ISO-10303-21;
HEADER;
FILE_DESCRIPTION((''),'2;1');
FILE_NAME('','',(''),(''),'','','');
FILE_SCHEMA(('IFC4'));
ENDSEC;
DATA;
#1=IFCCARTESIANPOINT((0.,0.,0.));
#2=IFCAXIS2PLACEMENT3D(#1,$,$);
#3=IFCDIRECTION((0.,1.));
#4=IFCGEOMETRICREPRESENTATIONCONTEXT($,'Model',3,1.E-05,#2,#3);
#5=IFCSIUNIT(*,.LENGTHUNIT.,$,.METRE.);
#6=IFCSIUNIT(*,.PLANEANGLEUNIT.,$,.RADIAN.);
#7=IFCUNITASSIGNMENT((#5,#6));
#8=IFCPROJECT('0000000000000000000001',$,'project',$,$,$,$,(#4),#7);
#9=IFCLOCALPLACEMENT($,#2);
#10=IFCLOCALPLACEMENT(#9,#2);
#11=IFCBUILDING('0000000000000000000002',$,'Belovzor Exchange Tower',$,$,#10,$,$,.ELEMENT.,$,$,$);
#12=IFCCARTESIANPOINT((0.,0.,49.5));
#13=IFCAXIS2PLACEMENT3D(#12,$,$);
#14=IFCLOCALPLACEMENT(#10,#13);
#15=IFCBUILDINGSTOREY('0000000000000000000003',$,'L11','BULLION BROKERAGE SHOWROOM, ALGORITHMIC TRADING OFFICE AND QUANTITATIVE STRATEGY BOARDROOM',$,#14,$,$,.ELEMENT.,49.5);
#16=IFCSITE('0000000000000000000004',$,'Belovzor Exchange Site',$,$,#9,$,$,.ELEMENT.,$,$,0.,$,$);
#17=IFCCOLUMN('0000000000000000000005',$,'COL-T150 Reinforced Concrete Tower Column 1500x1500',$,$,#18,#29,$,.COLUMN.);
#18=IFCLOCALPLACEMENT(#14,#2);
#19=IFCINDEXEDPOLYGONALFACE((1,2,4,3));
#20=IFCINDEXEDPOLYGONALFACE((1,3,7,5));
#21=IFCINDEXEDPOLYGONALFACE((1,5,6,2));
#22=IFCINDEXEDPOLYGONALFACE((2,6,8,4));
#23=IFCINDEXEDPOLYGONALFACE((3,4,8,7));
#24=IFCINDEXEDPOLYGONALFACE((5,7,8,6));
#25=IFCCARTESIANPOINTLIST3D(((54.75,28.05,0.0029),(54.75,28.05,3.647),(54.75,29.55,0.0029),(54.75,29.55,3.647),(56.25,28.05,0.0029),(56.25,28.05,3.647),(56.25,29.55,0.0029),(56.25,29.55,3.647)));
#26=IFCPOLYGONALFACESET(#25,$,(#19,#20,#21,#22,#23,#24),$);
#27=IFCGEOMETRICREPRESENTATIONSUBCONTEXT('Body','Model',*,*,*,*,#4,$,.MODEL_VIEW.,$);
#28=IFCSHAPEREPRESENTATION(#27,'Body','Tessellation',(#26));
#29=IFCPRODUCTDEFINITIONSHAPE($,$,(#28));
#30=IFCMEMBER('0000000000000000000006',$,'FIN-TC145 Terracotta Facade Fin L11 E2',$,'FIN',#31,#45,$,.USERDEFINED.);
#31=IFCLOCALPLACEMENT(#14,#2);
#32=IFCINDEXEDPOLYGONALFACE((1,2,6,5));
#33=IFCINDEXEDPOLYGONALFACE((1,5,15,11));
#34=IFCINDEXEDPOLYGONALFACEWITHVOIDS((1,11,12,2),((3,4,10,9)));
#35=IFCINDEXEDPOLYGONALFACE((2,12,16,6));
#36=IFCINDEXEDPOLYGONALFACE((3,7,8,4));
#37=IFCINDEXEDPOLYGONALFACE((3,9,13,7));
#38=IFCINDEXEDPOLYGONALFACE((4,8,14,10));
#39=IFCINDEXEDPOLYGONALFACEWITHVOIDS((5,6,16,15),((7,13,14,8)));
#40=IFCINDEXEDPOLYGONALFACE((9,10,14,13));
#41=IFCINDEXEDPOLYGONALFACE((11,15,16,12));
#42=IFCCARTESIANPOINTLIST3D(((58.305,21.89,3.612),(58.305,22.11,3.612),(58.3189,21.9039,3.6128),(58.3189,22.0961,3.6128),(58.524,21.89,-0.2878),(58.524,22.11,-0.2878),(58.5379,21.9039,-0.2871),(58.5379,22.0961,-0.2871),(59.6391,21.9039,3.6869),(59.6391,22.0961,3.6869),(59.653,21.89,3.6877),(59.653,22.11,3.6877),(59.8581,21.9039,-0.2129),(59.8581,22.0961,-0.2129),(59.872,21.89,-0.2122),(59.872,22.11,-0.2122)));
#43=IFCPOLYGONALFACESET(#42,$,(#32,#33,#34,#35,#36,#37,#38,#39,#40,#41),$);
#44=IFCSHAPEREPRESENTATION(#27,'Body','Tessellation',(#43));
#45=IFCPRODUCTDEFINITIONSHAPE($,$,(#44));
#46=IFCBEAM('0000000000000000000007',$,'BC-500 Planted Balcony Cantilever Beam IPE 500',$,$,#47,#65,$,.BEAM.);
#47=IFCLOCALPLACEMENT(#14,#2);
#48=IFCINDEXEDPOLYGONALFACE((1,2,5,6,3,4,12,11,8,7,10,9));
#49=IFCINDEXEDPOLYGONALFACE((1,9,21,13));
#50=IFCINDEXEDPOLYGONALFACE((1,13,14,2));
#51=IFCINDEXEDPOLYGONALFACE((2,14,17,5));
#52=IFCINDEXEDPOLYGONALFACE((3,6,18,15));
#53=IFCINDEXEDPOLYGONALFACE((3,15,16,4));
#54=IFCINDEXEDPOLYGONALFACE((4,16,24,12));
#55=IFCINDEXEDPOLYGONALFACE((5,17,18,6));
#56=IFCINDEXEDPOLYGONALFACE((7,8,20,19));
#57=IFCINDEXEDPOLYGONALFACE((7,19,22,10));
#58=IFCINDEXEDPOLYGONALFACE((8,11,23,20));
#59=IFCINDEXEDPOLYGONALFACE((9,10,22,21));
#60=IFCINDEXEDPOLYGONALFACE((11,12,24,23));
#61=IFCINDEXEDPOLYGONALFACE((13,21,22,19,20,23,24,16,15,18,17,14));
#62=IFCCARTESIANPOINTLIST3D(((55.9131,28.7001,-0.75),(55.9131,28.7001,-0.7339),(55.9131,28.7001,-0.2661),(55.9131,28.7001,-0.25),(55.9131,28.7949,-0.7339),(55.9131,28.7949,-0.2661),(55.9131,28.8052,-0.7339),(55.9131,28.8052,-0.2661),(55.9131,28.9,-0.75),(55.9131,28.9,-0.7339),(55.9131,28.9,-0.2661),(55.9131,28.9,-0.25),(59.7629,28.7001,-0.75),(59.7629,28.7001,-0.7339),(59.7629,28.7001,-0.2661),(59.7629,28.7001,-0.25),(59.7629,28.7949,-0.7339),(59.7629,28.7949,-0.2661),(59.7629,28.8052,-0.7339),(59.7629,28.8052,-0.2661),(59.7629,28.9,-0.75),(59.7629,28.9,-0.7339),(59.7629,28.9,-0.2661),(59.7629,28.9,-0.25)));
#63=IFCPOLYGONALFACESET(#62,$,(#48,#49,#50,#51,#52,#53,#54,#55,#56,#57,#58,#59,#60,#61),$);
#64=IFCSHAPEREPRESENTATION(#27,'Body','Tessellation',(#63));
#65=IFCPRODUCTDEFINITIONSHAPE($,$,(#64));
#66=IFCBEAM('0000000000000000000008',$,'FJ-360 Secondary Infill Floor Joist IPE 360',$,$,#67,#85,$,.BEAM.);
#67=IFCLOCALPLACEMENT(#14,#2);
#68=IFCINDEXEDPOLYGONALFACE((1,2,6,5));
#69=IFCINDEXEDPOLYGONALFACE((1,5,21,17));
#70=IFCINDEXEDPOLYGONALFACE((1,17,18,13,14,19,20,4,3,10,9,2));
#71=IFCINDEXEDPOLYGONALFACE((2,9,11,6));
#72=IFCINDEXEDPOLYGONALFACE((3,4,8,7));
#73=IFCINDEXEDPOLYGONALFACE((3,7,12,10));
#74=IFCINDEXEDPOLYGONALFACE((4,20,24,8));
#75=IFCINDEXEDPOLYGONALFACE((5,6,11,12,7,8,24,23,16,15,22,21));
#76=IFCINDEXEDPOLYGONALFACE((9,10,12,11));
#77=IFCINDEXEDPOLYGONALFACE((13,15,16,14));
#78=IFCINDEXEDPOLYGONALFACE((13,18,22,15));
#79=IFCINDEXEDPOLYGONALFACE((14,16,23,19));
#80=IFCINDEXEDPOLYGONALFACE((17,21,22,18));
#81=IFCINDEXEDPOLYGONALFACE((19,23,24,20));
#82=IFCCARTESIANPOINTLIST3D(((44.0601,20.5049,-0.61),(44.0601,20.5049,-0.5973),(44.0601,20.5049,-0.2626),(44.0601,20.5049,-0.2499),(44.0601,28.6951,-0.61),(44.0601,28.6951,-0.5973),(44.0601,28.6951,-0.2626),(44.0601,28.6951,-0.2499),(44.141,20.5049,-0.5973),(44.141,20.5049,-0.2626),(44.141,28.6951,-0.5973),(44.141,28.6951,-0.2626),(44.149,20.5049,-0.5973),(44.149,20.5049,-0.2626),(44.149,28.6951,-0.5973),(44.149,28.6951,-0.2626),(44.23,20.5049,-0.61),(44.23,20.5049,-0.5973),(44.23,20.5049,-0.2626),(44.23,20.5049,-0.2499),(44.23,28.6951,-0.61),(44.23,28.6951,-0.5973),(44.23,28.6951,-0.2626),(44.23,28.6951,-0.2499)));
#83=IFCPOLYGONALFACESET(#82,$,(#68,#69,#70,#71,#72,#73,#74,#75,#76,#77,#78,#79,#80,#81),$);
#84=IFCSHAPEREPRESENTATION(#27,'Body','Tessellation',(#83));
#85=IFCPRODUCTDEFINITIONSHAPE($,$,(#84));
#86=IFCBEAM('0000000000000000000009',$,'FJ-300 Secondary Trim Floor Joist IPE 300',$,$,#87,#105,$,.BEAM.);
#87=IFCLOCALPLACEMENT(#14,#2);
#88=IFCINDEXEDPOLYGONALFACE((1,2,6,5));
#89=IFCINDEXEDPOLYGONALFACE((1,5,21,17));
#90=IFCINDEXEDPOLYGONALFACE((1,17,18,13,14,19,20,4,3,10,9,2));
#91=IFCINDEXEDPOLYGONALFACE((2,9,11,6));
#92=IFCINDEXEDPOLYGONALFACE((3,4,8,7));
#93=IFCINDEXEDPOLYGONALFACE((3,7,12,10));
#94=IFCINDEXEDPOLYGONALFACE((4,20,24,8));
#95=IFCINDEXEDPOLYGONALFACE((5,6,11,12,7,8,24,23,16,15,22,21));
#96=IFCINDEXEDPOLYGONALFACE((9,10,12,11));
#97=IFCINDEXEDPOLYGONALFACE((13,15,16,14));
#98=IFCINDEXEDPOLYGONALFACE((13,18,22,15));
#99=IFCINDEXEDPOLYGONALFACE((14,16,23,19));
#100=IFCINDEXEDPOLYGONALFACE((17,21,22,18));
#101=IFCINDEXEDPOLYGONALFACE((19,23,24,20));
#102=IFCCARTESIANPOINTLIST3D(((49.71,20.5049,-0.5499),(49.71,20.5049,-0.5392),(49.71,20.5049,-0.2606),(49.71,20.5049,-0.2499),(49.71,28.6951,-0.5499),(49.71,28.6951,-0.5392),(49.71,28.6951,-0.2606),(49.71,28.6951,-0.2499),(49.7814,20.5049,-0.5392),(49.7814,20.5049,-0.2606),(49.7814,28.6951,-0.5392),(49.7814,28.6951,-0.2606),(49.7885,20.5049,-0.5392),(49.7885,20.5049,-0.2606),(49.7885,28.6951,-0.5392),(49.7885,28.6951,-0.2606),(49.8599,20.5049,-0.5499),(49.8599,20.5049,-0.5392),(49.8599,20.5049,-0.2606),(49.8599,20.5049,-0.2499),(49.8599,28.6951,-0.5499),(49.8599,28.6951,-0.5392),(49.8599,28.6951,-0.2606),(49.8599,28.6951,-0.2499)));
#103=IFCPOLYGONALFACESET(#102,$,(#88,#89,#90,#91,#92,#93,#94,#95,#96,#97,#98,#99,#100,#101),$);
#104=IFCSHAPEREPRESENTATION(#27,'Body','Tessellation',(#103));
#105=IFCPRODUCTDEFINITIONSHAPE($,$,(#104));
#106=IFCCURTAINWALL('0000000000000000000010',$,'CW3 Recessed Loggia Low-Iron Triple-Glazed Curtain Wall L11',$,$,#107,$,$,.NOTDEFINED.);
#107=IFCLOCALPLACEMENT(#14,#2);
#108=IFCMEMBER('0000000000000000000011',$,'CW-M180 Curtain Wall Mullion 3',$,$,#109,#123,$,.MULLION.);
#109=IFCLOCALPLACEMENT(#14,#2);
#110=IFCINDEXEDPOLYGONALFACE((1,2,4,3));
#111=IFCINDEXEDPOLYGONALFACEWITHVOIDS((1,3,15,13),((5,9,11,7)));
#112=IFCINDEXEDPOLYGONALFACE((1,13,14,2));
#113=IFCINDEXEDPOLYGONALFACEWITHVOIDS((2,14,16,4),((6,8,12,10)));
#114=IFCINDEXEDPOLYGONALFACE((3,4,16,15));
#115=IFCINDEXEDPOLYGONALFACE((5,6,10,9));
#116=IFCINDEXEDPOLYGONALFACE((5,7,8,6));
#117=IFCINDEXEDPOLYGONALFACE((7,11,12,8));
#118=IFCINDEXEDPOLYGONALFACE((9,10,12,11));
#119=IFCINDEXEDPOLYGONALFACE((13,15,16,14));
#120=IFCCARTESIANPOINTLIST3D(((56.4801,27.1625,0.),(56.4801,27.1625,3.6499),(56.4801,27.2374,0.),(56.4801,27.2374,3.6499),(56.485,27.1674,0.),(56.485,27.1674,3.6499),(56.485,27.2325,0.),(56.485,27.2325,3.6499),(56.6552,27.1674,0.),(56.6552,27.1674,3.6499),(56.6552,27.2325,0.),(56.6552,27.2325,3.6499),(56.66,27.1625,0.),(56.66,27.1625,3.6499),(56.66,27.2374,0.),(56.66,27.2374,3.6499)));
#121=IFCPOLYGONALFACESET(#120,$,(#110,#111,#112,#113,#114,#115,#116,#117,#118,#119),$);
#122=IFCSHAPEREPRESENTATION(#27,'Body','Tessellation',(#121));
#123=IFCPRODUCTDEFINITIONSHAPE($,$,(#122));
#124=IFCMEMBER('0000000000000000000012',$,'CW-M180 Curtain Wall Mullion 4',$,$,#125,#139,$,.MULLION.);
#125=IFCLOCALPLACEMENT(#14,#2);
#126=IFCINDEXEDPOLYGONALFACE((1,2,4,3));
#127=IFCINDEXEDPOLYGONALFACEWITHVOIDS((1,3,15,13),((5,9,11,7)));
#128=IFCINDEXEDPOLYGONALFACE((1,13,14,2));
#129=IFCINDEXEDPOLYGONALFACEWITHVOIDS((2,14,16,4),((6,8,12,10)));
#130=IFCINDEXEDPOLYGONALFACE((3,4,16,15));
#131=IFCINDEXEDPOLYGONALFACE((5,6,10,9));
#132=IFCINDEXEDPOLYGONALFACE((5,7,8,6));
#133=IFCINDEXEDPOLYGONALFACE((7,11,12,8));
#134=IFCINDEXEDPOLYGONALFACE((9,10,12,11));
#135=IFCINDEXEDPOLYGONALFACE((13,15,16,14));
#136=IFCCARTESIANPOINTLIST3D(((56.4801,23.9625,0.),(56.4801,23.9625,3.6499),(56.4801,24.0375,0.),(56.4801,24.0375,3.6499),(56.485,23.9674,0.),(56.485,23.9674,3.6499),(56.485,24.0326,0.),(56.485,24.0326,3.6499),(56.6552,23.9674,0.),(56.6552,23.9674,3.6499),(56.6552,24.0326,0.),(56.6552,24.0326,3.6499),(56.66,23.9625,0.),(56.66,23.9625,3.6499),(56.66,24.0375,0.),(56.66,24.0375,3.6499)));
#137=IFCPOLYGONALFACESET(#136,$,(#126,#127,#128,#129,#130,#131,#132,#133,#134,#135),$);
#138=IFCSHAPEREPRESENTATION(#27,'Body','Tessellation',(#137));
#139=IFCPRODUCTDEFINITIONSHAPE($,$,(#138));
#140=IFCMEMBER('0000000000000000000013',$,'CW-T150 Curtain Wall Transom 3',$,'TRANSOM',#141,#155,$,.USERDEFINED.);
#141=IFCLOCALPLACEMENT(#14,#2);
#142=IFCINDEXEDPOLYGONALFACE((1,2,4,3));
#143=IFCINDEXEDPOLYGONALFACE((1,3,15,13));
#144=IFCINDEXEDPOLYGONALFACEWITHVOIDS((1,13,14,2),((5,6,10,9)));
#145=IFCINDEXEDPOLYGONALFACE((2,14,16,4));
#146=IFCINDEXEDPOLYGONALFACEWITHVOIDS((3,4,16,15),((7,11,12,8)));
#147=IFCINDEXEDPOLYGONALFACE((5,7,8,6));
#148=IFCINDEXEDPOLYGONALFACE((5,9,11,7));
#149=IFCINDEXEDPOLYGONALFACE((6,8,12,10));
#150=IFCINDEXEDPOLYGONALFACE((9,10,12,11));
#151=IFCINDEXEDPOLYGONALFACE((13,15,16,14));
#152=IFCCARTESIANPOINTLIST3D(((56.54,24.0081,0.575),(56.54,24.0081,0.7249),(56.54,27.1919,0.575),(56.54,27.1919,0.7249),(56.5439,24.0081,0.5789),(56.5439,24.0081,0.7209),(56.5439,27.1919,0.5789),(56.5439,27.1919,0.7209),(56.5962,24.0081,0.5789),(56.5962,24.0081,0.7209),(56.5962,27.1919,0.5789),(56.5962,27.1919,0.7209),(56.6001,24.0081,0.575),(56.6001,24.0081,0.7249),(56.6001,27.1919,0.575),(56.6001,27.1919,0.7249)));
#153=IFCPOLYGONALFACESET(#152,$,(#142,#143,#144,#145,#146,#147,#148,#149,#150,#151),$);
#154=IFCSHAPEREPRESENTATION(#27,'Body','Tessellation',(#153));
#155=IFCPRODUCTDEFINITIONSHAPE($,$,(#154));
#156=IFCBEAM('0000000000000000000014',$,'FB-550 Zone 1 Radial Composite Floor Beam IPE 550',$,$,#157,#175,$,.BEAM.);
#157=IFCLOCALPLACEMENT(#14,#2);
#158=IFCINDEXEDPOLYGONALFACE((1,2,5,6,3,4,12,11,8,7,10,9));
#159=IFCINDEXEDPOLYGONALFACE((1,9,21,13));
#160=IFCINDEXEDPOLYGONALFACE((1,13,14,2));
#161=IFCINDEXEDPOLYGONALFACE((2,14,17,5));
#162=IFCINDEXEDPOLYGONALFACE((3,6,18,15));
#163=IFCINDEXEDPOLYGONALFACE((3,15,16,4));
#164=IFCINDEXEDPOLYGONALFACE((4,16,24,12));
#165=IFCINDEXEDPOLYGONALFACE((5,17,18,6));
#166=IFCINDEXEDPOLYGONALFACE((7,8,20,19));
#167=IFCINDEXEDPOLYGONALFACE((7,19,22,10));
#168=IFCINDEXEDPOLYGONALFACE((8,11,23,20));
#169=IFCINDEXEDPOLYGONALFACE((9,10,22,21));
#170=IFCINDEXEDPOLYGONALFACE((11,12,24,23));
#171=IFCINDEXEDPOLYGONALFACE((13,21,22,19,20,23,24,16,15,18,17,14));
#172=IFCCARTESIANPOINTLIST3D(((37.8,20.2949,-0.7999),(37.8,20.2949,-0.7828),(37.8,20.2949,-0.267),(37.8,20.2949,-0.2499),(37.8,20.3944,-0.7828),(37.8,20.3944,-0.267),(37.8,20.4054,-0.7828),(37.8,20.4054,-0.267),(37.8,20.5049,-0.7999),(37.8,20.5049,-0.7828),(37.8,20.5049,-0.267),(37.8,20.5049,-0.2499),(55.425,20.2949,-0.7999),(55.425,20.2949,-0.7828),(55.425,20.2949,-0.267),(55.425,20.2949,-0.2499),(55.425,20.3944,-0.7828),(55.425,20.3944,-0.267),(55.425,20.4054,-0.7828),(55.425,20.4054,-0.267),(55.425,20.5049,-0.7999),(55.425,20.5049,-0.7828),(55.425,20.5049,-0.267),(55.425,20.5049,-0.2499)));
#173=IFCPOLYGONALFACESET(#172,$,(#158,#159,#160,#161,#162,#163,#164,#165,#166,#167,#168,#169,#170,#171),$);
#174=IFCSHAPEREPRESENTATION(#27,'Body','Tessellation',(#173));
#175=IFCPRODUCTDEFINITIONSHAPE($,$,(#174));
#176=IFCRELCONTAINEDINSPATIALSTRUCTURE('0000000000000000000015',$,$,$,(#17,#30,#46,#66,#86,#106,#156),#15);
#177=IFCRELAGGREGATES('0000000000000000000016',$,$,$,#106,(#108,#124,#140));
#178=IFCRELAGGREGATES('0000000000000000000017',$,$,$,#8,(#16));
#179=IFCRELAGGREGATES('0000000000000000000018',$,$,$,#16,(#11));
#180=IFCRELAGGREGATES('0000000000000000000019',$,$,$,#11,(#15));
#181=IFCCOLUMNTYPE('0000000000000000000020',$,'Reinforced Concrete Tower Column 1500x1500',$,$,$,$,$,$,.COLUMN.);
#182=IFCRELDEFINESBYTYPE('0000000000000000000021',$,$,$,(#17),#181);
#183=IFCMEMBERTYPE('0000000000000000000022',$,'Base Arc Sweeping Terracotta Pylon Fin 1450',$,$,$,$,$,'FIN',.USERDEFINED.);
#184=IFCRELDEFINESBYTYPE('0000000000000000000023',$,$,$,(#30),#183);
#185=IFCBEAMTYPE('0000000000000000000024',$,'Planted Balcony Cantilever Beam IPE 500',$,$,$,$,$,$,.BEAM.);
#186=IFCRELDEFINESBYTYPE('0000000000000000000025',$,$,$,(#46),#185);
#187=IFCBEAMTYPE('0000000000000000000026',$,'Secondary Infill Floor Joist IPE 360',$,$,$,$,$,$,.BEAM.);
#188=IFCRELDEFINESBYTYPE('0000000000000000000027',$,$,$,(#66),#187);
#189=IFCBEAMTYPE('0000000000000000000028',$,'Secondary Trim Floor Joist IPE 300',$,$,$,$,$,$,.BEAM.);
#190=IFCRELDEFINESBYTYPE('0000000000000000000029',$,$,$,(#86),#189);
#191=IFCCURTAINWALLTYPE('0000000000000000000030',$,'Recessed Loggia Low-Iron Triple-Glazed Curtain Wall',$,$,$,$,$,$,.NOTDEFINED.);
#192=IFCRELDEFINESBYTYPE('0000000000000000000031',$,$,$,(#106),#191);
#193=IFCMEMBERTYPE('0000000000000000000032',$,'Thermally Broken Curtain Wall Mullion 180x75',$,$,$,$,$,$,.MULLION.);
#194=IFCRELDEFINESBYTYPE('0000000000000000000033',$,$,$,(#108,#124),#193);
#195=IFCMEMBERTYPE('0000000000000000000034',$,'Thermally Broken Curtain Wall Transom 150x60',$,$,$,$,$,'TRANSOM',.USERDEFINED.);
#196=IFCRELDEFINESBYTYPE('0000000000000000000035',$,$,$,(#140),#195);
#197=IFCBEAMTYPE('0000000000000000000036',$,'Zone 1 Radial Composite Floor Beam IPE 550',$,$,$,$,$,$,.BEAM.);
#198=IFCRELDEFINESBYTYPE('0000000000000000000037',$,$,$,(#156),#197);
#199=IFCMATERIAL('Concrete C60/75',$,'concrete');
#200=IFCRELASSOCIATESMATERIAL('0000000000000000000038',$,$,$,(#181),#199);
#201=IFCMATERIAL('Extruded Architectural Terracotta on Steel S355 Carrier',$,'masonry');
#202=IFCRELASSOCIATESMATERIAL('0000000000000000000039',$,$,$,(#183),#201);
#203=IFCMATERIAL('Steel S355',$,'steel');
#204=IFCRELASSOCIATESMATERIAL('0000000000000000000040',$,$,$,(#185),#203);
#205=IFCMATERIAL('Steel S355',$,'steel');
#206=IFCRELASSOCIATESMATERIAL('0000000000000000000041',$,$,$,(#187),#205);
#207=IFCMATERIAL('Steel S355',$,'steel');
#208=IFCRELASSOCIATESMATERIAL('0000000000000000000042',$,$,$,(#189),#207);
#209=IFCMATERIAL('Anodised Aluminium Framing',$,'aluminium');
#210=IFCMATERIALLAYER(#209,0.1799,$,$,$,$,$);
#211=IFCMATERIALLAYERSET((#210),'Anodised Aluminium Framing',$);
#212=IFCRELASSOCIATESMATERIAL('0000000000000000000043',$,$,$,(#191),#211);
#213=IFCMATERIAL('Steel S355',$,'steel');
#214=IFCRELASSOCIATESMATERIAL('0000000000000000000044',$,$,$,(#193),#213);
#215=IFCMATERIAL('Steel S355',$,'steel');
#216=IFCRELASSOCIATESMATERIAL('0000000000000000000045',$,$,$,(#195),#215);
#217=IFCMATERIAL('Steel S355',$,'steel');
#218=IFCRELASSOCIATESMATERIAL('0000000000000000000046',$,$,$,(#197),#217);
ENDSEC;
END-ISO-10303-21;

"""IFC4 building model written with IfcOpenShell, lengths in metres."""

from ifc_helpers import new_model, si_unit, direction, frame, origin, origin_2d, place, context, subcontext, project, spatial, rectangle, hollow_rectangle, i_section, extrude, material, layer, layer_set, material_profile, profile_set, type_object, element, aggregate, save


model = new_model("IFC4")

# Units and contexts
model_context = context("Model", 3, precision=1e-05, world=origin(), true_north=direction((0.0, 1.0)))
body_context = subcontext(model_context, "Body", "Model", "MODEL_VIEW")
ifc_project = project(units=[si_unit("LENGTHUNIT", "METRE"), si_unit("PLANEANGLEUNIT", "RADIAN")], contexts=[model_context])

# Site, building, storey
site_placement = place(None, origin())
site = spatial("IfcSite", under=ifc_project, at=site_placement, Name="Belovzor Exchange Site", CompositionType="ELEMENT", RefElevation=0.0)
building_placement = place(site_placement, origin())
building = spatial("IfcBuilding", under=site, at=building_placement, Name="Belovzor Exchange Tower", CompositionType="ELEMENT")
storey_placement = place(building_placement, frame((0.0, 0.0, 49.5)))
storey = spatial("IfcBuildingStorey", under=building, at=storey_placement, Name="L11", Description="BULLION BROKERAGE SHOWROOM, ALGORITHMIC TRADING OFFICE AND QUANTITATIVE STRATEGY BOARDROOM", CompositionType="ELEMENT", Elevation=49.5)

# Column
ifc_material_1 = material(Name="Concrete C60/75", Category="concrete")
ifc_material_profile_1 = material_profile(ifc_material_1, rectangle(XDim=1.5, YDim=1.5, at=origin_2d()))
ifc_profile_set_1 = profile_set([ifc_material_profile_1], Name="Concrete C60/75")
column_type = type_object("IfcColumnType", Name="Reinforced Concrete Tower Column 1500x1500", PredefinedType="COLUMN", material=ifc_profile_set_1)
column_placement = place(storey_placement, frame((55.5, 28.8, 0.0029), z_axis=(0.0, 0.0, 1.0), x_axis=(1.0, 0.0, 0.0)))
element("IfcColumn", 1, at=column_placement, inside=storey, type_object=column_type, Name="COL-T150 Reinforced Concrete Tower Column 1500x1500", PredefinedType="COLUMN", context=body_context, shape_type="SweptSolid", body=[
    extrude(rectangle(XDim=1.5, YDim=1.5, at=origin_2d()), origin(), (0.0, 0.0, 1.0), 3.644),
])

# Member
ifc_material_2 = material(Name="Extruded Architectural Terracotta on Steel S355 Carrier", Category="masonry")
ifc_material_profile_2 = material_profile(ifc_material_2, hollow_rectangle(XDim=0.22, YDim=1.3501, WallThickness=0.0139, at=origin_2d()))
ifc_profile_set_2 = profile_set([ifc_material_profile_2], Name="Extruded Architectural Terracotta on Steel S355 Carrier")
member_type_1 = type_object("IfcMemberType", Name="Base Arc Sweeping Terracotta Pylon Fin 1450", ElementType="FIN", PredefinedType="USERDEFINED", material=ifc_profile_set_2)
member_1_placement = place(storey_placement, frame((59.198, 22.0, -0.25), z_axis=(-0.056065, 0.0, 0.998427), x_axis=(0.0, -1.0, 0.0)))
element("IfcMember", 2, at=member_1_placement, inside=storey, type_object=member_type_1, Name="FIN-TC145 Terracotta Facade Fin L11 E2", ObjectType="FIN", PredefinedType="USERDEFINED", context=body_context, shape_type="SweptSolid", body=[
    extrude(hollow_rectangle(XDim=0.22, YDim=1.3501, WallThickness=0.0139, at=origin_2d()), origin(), (0.0, 0.0, 1.0), 3.906),
])

# Beams
ifc_material_3 = material(Name="Steel S355", Category="steel")
ifc_material_profile_3 = material_profile(ifc_material_3, i_section(OverallWidth=0.2, OverallDepth=0.5, WebThickness=0.0103, FlangeThickness=0.0161, at=origin_2d()))
ifc_profile_set_3 = profile_set([ifc_material_profile_3], Name="Steel S355")
beam_type_1 = type_object("IfcBeamType", Name="Planted Balcony Cantilever Beam IPE 500", PredefinedType="BEAM", material=ifc_profile_set_3)
beam_1_placement = place(storey_placement, frame((55.9131, 28.8, -0.5), z_axis=(1.0, 0.0, 0.0), x_axis=(0.0, 1.0, 0.0)))
element("IfcBeam", 3, at=beam_1_placement, inside=storey, type_object=beam_type_1, Name="BC-500 Planted Balcony Cantilever Beam IPE 500", PredefinedType="BEAM", context=body_context, shape_type="SweptSolid", body=[
    extrude(i_section(OverallWidth=0.2, OverallDepth=0.5, WebThickness=0.0103, FlangeThickness=0.0161, at=origin_2d()), origin(), (0.0, 0.0, 1.0), 3.8499),
])
ifc_material_4 = material(Name="Steel S355", Category="steel")
ifc_material_profile_4 = material_profile(ifc_material_4, i_section(OverallWidth=0.1699, OverallDepth=0.3601, WebThickness=0.0081, FlangeThickness=0.0127, at=origin_2d()))
ifc_profile_set_4 = profile_set([ifc_material_profile_4], Name="Steel S355")
beam_type_2 = type_object("IfcBeamType", Name="Secondary Infill Floor Joist IPE 360", PredefinedType="BEAM", material=ifc_profile_set_4)
beam_2_placement = place(storey_placement, frame((44.145, 20.5049, -0.4299), z_axis=(0.0, 1.0, 0.0), x_axis=(-1.0, 0.0, 0.0)))
element("IfcBeam", 4, at=beam_2_placement, inside=storey, type_object=beam_type_2, Name="FJ-360 Secondary Infill Floor Joist IPE 360", PredefinedType="BEAM", context=body_context, shape_type="SweptSolid", body=[
    extrude(i_section(OverallWidth=0.1699, OverallDepth=0.3601, WebThickness=0.0081, FlangeThickness=0.0127, at=origin_2d()), origin(), (0.0, 0.0, 1.0), 8.1902),
])
ifc_material_5 = material(Name="Steel S355", Category="steel")
ifc_material_profile_5 = material_profile(ifc_material_5, i_section(OverallWidth=0.1499, OverallDepth=0.3, WebThickness=0.0071, FlangeThickness=0.0107, at=origin_2d()))
ifc_profile_set_5 = profile_set([ifc_material_profile_5], Name="Steel S355")
beam_type_3 = type_object("IfcBeamType", Name="Secondary Trim Floor Joist IPE 300", PredefinedType="BEAM", material=ifc_profile_set_5)
beam_3_placement = place(storey_placement, frame((49.7849, 20.5049, -0.3999), z_axis=(0.0, 1.0, 0.0), x_axis=(-1.0, 0.0, 0.0)))
element("IfcBeam", 5, at=beam_3_placement, inside=storey, type_object=beam_type_3, Name="FJ-300 Secondary Trim Floor Joist IPE 300", PredefinedType="BEAM", context=body_context, shape_type="SweptSolid", body=[
    extrude(i_section(OverallWidth=0.1499, OverallDepth=0.3, WebThickness=0.0071, FlangeThickness=0.0107, at=origin_2d()), origin(), (0.0, 0.0, 1.0), 8.1902),
])

# Curtain wall, members
ifc_material_6 = material(Name="Anodised Aluminium Framing", Category="aluminium")
ifc_layer_1 = layer(ifc_material_6, 0.1799)
ifc_layer_set_1 = layer_set([ifc_layer_1], Name="Anodised Aluminium Framing")
curtain_wall_type = type_object("IfcCurtainWallType", Name="Recessed Loggia Low-Iron Triple-Glazed Curtain Wall", PredefinedType="NOTDEFINED", material=ifc_layer_set_1)
curtain_wall_placement = place(storey_placement, origin())
curtain_wall = element("IfcCurtainWall", 6, at=curtain_wall_placement, inside=storey, type_object=curtain_wall_type, Name="CW3 Recessed Loggia Low-Iron Triple-Glazed Curtain Wall L11", PredefinedType="NOTDEFINED")
ifc_material_7 = material(Name="Steel S355", Category="steel")
ifc_material_profile_6 = material_profile(ifc_material_7, hollow_rectangle(XDim=0.075, YDim=0.1799, WallThickness=0.0049, at=origin_2d()))
ifc_profile_set_6 = profile_set([ifc_material_profile_6], Name="Steel S355")
member_type_2 = type_object("IfcMemberType", Name="Thermally Broken Curtain Wall Mullion 180x75", PredefinedType="MULLION", material=ifc_profile_set_6)
member_2_placement = place(storey_placement, frame((56.5701, 27.2, 0.0), z_axis=(0.0, 0.0, 1.0), x_axis=(0.0, -1.0, 0.0)))
member_2 = element("IfcMember", 7, at=member_2_placement, type_object=member_type_2, Name="CW-M180 Curtain Wall Mullion 3", PredefinedType="MULLION", context=body_context, shape_type="SweptSolid", body=[
    extrude(hollow_rectangle(XDim=0.075, YDim=0.1799, WallThickness=0.0049, at=origin_2d()), origin(), (0.0, 0.0, 1.0), 3.6499),
])
member_3_placement = place(storey_placement, frame((56.5701, 24.0, 0.0), z_axis=(0.0, 0.0, 1.0), x_axis=(0.0, -1.0, 0.0)))
member_3 = element("IfcMember", 8, at=member_3_placement, type_object=member_type_2, Name="CW-M180 Curtain Wall Mullion 4", PredefinedType="MULLION", context=body_context, shape_type="SweptSolid", body=[
    extrude(hollow_rectangle(XDim=0.075, YDim=0.1799, WallThickness=0.0049, at=origin_2d()), origin(), (0.0, 0.0, 1.0), 3.6499),
])
ifc_material_8 = material(Name="Steel S355", Category="steel")
ifc_material_profile_7 = material_profile(ifc_material_8, hollow_rectangle(XDim=0.0601, YDim=0.1499, WallThickness=0.0039, at=origin_2d()))
ifc_profile_set_7 = profile_set([ifc_material_profile_7], Name="Steel S355")
member_type_3 = type_object("IfcMemberType", Name="Thermally Broken Curtain Wall Transom 150x60", ElementType="TRANSOM", PredefinedType="USERDEFINED", material=ifc_profile_set_7)
member_4_placement = place(storey_placement, frame((56.5701, 27.1919, 0.6499), z_axis=(0.0, -1.0, 0.0), x_axis=(1.0, 0.0, 0.0)))
member_4 = element("IfcMember", 9, at=member_4_placement, type_object=member_type_3, Name="CW-T150 Curtain Wall Transom 3", ObjectType="TRANSOM", PredefinedType="USERDEFINED", context=body_context, shape_type="SweptSolid", body=[
    extrude(hollow_rectangle(XDim=0.0601, YDim=0.1499, WallThickness=0.0039, at=origin_2d()), origin(), (0.0, 0.0, 1.0), 3.1838),
])

# Beam
ifc_material_9 = material(Name="Steel S355", Category="steel")
ifc_material_profile_8 = material_profile(ifc_material_9, i_section(OverallWidth=0.21, OverallDepth=0.55, WebThickness=0.011, FlangeThickness=0.0171, at=origin_2d()))
ifc_profile_set_8 = profile_set([ifc_material_profile_8], Name="Steel S355")
beam_type_4 = type_object("IfcBeamType", Name="Zone 1 Radial Composite Floor Beam IPE 550", PredefinedType="BEAM", material=ifc_profile_set_8)
beam_4_placement = place(storey_placement, frame((37.8, 20.3999, -0.5249), z_axis=(1.0, 0.0, 0.0), x_axis=(0.0, 1.0, 0.0)))
element("IfcBeam", 10, at=beam_4_placement, inside=storey, type_object=beam_type_4, Name="FB-550 Zone 1 Radial Composite Floor Beam IPE 550", PredefinedType="BEAM", context=body_context, shape_type="SweptSolid", body=[
    extrude(i_section(OverallWidth=0.21, OverallDepth=0.55, WebThickness=0.011, FlangeThickness=0.0171, at=origin_2d()), origin(), (0.0, 0.0, 1.0), 17.625),
])

aggregate(curtain_wall, [member_2, member_3, member_4])

save(model, "model.ifc")
